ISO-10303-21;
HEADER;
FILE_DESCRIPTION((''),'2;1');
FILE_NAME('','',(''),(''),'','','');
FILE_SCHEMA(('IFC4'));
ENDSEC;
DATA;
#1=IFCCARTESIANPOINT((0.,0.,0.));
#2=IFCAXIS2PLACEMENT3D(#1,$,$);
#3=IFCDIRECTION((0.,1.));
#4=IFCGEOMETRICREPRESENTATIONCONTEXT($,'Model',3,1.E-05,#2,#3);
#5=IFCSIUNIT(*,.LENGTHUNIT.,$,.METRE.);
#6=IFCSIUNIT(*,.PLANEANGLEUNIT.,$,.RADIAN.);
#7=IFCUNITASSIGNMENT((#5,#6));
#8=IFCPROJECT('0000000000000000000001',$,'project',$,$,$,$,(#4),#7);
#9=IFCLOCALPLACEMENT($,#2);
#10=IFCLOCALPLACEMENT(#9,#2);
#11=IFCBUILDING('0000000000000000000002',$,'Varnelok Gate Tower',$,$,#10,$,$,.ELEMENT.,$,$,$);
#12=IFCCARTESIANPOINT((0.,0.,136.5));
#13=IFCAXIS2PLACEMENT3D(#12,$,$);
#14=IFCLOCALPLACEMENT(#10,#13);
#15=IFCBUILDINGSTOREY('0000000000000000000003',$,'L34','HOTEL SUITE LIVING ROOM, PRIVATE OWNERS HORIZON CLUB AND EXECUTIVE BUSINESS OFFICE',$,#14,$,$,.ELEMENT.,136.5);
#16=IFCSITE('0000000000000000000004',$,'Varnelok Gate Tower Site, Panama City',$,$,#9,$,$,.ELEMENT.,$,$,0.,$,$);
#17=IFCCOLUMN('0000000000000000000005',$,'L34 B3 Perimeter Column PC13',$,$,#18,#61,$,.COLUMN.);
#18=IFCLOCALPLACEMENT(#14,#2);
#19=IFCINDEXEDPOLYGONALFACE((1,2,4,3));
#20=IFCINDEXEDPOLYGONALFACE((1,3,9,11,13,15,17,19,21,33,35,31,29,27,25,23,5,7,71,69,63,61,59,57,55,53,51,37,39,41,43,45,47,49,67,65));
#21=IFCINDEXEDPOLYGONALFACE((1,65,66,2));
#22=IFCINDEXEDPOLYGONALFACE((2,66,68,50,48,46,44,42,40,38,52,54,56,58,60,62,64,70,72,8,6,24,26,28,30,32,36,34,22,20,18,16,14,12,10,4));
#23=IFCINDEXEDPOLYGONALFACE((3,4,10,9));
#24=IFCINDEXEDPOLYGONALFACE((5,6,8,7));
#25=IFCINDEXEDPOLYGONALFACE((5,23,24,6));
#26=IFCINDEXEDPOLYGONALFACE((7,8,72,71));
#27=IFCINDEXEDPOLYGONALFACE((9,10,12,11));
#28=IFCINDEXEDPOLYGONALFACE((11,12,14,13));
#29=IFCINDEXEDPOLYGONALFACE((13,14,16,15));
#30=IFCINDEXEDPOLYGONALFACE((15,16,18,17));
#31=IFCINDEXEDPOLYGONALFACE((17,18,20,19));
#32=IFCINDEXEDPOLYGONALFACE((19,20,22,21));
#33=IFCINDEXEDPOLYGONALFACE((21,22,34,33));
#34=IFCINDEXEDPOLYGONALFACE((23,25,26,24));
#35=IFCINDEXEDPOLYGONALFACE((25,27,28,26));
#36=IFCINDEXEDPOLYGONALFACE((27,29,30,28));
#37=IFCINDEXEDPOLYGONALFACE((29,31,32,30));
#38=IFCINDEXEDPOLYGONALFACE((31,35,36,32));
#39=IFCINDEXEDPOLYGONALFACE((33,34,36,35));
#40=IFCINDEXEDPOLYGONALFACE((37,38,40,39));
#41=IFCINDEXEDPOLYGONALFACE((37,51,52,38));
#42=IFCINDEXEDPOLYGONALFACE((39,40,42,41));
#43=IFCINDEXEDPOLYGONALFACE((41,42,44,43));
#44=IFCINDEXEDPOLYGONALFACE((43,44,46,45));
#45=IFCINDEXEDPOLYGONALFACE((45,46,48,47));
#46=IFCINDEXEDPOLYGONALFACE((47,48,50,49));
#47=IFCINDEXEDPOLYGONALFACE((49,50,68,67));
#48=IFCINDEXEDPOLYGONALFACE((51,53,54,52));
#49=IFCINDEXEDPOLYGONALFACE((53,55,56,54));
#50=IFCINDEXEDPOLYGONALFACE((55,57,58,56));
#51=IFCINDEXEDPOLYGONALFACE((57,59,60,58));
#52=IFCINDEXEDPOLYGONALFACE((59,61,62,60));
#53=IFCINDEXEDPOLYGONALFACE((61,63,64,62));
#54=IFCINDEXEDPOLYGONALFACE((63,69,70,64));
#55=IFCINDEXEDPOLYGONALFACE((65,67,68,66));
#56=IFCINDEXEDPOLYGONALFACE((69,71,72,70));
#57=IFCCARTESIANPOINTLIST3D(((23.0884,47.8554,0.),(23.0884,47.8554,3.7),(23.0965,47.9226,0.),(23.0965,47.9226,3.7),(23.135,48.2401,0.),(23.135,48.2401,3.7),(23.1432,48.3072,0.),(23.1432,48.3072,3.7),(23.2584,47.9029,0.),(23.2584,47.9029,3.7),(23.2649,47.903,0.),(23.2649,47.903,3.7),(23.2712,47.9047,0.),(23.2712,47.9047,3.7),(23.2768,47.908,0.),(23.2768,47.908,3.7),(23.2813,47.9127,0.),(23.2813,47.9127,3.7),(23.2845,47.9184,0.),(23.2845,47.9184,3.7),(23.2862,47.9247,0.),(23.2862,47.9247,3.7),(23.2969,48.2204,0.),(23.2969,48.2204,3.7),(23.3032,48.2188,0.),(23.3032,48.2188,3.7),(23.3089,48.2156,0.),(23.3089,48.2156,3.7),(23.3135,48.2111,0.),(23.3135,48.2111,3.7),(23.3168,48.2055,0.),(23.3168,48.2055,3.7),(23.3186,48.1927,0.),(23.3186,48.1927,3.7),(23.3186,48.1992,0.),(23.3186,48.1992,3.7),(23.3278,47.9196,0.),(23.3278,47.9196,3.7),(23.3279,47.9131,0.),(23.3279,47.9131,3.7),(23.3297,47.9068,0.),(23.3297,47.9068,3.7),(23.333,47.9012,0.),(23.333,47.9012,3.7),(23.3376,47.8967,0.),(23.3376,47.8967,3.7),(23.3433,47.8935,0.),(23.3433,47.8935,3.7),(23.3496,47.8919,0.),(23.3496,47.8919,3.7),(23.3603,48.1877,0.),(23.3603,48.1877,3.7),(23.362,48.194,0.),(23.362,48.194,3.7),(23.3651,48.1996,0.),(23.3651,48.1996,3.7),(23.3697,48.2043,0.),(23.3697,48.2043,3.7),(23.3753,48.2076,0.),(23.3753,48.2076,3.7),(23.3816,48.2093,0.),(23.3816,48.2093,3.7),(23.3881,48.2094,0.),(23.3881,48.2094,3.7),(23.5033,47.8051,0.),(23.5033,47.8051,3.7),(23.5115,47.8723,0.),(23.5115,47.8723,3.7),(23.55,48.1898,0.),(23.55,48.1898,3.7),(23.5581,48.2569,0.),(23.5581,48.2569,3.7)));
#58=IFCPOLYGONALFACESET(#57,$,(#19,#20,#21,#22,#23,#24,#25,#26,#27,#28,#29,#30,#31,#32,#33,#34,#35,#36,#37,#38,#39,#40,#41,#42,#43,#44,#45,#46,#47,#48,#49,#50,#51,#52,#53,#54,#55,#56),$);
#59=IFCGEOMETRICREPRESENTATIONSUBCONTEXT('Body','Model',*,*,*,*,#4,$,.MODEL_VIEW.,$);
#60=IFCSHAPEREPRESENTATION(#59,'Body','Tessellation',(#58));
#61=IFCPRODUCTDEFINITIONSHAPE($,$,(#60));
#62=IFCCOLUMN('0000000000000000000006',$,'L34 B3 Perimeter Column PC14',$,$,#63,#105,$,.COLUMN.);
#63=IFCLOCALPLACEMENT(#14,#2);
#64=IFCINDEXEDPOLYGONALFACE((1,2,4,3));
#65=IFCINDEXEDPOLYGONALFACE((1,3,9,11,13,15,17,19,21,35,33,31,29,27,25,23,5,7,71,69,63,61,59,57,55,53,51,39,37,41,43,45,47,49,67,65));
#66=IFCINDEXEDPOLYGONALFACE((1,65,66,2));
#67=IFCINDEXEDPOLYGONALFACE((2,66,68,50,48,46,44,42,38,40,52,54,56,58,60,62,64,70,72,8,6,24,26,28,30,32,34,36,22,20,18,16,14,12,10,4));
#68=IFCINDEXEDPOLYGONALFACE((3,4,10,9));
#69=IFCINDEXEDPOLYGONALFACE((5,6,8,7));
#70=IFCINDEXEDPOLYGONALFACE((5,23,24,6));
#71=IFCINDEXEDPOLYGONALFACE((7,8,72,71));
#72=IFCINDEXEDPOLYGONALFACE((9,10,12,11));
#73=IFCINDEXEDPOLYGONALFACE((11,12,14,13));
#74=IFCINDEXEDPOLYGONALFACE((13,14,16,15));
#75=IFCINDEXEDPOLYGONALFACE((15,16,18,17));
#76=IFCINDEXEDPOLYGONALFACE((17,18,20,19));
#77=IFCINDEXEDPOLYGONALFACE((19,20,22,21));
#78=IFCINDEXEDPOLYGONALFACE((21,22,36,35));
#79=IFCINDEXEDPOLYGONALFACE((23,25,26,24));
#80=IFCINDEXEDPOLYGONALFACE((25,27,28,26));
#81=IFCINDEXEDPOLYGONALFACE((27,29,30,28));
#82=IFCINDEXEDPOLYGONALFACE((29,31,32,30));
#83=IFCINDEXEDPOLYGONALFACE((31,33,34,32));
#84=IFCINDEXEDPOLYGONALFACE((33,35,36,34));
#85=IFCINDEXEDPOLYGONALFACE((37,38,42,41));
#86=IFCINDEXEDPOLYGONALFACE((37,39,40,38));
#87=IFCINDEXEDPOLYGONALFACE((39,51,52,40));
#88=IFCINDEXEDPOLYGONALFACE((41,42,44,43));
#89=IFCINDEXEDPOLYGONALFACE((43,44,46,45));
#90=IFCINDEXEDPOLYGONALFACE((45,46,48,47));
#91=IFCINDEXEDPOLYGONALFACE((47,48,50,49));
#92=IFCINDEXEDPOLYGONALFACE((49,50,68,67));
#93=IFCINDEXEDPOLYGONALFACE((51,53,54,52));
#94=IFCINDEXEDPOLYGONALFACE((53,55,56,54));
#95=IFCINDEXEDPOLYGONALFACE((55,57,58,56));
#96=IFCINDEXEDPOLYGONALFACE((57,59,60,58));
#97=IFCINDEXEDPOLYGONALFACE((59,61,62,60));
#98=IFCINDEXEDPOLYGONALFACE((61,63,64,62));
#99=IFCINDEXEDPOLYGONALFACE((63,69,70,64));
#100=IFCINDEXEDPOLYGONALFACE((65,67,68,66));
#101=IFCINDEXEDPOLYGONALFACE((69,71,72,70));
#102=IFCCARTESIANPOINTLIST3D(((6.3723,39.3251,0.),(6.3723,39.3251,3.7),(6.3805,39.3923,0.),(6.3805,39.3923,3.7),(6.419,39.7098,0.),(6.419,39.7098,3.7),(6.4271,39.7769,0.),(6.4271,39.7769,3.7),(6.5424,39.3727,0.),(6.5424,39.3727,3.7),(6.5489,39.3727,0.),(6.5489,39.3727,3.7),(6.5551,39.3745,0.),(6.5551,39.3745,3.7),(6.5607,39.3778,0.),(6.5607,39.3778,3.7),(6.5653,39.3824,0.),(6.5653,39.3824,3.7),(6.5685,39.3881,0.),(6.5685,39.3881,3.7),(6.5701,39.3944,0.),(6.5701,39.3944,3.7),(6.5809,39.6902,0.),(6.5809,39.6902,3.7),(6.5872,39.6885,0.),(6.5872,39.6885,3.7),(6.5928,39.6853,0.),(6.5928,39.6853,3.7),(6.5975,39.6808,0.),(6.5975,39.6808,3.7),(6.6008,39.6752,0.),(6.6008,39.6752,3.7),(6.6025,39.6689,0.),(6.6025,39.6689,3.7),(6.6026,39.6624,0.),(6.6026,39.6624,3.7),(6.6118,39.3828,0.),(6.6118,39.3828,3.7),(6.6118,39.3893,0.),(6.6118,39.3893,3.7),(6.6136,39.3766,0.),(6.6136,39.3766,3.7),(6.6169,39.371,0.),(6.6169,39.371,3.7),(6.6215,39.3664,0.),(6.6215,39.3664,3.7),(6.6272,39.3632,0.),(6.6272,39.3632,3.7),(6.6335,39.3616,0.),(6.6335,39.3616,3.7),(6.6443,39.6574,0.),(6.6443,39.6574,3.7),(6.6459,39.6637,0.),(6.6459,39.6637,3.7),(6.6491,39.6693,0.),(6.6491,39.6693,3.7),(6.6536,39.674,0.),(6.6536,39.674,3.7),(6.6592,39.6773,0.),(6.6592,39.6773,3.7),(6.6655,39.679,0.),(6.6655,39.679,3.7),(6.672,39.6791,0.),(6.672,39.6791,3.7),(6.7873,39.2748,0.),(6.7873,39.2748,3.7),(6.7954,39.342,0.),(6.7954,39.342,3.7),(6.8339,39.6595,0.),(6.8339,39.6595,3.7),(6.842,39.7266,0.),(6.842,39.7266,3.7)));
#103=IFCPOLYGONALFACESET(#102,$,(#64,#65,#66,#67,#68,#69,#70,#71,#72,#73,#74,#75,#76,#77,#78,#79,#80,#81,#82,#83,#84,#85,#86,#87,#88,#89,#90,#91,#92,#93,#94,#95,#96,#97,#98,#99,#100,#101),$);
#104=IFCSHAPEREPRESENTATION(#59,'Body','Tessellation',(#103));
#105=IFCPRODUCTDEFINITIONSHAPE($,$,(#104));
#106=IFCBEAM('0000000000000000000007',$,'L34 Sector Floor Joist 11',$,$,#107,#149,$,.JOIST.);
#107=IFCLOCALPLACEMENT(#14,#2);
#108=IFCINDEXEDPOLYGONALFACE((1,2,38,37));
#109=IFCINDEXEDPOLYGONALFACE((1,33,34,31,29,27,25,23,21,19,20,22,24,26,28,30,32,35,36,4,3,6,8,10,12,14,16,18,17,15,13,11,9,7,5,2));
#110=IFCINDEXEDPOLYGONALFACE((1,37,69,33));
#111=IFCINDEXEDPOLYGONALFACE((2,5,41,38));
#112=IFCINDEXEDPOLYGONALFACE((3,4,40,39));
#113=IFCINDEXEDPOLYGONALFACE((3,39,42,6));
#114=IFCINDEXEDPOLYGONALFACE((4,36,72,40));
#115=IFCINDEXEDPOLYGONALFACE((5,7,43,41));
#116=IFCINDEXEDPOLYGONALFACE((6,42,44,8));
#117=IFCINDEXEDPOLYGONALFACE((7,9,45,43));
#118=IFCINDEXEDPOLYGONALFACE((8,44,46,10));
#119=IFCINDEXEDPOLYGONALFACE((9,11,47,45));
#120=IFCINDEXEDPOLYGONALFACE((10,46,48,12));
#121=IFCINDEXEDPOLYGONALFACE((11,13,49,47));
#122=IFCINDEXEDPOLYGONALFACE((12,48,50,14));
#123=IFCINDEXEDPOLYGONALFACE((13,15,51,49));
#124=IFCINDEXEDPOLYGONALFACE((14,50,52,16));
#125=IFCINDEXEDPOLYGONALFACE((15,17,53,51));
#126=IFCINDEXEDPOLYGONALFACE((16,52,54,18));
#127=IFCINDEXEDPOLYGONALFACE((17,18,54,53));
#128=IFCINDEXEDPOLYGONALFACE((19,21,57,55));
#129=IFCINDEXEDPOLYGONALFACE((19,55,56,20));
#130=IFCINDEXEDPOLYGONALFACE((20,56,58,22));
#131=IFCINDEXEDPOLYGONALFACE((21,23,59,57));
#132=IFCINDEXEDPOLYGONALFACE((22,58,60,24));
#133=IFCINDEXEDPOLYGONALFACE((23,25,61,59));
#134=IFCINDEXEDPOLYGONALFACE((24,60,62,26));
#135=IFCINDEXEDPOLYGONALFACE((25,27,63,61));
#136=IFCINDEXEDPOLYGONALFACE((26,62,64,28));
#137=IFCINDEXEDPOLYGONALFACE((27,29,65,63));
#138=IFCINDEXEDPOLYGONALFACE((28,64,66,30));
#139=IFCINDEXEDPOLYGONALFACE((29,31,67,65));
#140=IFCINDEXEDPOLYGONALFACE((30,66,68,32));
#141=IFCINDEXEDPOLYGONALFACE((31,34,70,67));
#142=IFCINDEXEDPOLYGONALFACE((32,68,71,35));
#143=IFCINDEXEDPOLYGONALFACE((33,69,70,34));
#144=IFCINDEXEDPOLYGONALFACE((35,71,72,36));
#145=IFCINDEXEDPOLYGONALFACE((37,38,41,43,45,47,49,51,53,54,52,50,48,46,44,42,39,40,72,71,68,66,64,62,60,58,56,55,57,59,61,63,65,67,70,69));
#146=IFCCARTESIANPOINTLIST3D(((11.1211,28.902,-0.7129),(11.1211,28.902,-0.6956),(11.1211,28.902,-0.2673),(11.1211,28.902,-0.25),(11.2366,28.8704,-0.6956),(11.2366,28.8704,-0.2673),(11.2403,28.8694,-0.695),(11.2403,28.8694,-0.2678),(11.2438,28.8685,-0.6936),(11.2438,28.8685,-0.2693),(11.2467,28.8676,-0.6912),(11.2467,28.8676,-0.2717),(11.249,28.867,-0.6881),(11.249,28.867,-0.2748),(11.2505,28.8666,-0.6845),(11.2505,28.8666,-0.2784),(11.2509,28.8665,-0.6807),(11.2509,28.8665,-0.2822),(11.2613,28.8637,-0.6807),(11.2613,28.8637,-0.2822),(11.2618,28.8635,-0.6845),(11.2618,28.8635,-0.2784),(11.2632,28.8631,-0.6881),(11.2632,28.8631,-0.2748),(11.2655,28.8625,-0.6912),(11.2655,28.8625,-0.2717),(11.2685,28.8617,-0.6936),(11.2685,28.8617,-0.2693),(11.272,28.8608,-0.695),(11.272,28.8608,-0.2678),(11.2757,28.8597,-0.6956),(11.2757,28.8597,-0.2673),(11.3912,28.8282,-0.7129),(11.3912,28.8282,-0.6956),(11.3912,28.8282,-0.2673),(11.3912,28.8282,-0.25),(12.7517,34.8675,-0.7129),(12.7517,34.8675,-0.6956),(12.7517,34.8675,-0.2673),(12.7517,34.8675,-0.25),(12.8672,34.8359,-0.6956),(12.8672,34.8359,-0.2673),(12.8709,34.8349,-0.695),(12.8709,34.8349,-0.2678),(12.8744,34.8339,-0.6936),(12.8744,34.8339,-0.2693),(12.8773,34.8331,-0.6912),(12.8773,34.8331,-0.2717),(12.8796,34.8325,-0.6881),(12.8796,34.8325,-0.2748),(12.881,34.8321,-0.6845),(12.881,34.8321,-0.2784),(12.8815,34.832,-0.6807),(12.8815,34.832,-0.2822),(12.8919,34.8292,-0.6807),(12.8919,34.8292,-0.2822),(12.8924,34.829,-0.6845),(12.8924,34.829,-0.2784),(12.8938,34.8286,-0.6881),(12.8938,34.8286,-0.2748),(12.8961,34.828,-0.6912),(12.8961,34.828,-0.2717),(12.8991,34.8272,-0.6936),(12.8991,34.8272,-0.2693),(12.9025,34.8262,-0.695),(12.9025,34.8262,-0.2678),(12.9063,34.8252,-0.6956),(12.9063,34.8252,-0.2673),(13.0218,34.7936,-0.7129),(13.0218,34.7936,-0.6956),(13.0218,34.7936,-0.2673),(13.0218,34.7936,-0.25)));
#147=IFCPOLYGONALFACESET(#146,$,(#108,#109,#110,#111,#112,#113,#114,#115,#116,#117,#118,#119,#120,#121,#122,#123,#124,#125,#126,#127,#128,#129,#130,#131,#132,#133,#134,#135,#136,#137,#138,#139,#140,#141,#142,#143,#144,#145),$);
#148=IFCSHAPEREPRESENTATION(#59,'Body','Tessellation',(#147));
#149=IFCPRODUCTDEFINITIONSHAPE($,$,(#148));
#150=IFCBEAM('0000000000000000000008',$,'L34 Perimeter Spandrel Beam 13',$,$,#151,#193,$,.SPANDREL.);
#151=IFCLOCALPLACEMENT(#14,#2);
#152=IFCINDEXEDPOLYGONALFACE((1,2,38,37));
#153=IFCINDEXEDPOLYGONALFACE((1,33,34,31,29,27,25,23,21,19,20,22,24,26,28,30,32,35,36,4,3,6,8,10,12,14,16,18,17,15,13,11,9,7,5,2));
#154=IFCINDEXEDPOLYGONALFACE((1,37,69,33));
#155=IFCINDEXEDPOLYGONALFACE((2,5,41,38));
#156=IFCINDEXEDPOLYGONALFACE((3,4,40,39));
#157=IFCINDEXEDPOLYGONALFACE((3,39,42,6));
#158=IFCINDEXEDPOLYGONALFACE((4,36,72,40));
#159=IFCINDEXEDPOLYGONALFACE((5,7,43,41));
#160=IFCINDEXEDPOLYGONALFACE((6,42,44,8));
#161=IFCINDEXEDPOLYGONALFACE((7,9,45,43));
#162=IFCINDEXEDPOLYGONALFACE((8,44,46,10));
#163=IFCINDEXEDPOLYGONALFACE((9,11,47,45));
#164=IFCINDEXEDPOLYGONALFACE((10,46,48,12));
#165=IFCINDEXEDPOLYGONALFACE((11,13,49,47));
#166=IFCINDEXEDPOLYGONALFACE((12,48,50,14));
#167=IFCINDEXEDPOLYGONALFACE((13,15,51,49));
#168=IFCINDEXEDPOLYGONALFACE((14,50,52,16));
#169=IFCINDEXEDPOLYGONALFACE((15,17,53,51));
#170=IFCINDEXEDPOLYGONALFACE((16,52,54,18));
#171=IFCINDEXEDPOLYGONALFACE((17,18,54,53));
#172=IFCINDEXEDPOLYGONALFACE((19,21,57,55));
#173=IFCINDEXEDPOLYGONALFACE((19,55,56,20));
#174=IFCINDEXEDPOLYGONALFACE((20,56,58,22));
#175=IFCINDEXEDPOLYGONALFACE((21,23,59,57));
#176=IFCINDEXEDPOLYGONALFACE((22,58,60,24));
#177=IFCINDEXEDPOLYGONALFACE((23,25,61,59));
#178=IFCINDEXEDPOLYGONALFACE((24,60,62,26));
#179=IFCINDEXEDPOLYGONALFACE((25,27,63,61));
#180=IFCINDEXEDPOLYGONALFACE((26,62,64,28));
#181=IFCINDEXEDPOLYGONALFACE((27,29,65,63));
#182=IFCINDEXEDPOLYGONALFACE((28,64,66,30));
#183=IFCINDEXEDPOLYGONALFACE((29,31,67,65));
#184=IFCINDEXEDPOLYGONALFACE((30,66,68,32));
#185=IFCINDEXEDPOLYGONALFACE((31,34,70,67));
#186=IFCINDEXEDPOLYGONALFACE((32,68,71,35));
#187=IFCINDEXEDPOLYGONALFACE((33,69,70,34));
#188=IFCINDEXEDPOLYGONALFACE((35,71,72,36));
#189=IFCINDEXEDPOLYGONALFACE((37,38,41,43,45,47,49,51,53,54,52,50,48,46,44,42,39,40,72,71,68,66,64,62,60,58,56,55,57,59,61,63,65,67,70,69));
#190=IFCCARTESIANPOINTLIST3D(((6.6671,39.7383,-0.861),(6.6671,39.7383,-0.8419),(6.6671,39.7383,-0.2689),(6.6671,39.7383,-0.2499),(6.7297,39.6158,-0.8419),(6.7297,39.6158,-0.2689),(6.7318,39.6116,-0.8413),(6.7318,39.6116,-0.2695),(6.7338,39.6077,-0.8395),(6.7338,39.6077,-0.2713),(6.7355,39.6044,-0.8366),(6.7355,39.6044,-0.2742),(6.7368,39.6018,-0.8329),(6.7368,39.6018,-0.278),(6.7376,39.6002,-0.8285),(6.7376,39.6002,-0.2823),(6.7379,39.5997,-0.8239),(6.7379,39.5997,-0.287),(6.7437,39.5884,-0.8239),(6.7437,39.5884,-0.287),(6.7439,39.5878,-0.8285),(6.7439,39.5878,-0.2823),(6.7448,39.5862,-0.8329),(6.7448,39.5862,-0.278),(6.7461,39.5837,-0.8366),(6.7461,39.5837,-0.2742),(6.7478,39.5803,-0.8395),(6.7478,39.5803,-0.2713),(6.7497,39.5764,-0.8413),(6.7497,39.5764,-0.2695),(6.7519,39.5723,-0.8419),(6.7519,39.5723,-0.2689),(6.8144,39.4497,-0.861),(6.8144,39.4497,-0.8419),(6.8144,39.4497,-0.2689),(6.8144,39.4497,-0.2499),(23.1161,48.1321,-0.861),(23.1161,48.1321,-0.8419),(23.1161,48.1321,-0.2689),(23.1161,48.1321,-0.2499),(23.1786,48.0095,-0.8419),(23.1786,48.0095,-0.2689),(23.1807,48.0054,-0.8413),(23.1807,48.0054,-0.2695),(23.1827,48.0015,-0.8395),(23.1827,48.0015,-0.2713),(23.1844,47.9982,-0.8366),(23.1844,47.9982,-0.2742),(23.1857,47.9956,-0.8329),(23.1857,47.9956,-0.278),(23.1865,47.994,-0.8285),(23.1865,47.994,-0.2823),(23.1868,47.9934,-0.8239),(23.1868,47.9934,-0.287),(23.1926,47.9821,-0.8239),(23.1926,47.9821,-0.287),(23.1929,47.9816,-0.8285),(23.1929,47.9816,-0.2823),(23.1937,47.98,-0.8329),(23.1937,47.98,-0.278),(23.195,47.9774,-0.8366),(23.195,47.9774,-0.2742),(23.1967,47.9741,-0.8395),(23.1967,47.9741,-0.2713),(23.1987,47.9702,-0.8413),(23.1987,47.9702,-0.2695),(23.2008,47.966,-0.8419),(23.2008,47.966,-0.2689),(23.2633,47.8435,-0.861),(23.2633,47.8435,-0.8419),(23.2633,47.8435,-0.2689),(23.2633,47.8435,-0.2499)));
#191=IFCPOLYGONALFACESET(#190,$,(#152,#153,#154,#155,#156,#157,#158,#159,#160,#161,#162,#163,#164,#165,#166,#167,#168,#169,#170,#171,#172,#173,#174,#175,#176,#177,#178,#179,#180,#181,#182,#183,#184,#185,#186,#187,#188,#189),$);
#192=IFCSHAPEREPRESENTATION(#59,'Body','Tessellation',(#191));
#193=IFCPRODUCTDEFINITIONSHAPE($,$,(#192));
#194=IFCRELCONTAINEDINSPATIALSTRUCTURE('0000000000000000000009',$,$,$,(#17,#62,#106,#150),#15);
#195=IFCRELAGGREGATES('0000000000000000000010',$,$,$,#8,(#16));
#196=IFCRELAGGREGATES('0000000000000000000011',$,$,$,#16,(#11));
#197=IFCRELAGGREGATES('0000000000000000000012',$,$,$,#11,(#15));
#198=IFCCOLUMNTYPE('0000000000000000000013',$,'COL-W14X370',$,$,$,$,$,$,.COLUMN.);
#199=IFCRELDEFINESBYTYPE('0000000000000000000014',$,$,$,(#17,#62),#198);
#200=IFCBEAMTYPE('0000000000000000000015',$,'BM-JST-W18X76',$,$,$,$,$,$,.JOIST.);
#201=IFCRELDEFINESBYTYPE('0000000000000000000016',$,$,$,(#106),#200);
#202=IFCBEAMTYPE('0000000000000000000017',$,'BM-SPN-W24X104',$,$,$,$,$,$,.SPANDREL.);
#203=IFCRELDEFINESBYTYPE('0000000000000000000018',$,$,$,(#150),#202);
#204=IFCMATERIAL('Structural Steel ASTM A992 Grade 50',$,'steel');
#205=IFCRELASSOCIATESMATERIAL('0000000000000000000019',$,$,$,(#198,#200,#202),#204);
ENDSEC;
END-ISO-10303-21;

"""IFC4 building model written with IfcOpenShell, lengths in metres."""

from ifc_helpers import new_model, si_unit, direction, frame, origin, origin_2d, place, context, subcontext, project, spatial, i_section, extrude, material, material_profile, profile_set, type_object, element, save


model = new_model("IFC4")

# Units and contexts
model_context = context("Model", 3, precision=1e-05, world=origin(), true_north=direction((0.0, 1.0)))
body_context = subcontext(model_context, "Body", "Model", "MODEL_VIEW")
ifc_project = project(units=[si_unit("LENGTHUNIT", "METRE"), si_unit("PLANEANGLEUNIT", "RADIAN")], contexts=[model_context])

# Site, building, storey
site_placement = place(None, origin())
site = spatial("IfcSite", under=ifc_project, at=site_placement, Name="Varnelok Gate Tower Site, Panama City", CompositionType="ELEMENT", RefElevation=0.0)
building_placement = place(site_placement, origin())
building = spatial("IfcBuilding", under=site, at=building_placement, Name="Varnelok Gate Tower", CompositionType="ELEMENT")
storey_placement = place(building_placement, frame((0.0, 0.0, 136.5)))
storey = spatial("IfcBuildingStorey", under=building, at=storey_placement, Name="L34", Description="HOTEL SUITE LIVING ROOM, PRIVATE OWNERS HORIZON CLUB AND EXECUTIVE BUSINESS OFFICE", CompositionType="ELEMENT", Elevation=136.5)

# Columns
ifc_material_1 = material(Name="Structural Steel ASTM A992 Grade 50", Category="steel")
ifc_material_profile_1 = material_profile(ifc_material_1, i_section(OverallWidth=0.418, OverallDepth=0.4551, WebThickness=0.042, FlangeThickness=0.0676, FilletRadius=0.0249, at=origin_2d()), Name="W14X370")
ifc_profile_set_1 = profile_set([ifc_material_profile_1], Name="Structural Steel ASTM A992 Grade 50")
column_type = type_object("IfcColumnType", Name="COL-W14X370", PredefinedType="COLUMN", material=ifc_profile_set_1)
for number, where, z_axis, x_axis, name in (
    (1, (23.3232, 48.0562, 0.0), (0.0, 0.0, 1.0), (0.992732, -0.120345, 0.0), "L34 B3 Perimeter Column PC13"),
    (2, (6.6072, 39.5259, 0.0), (0.0, 0.0, 1.0), (0.992732, -0.120345, 0.0), "L34 B3 Perimeter Column PC14"),
):
    element("IfcColumn", number, at=place(storey_placement, frame(where, z_axis=z_axis, x_axis=x_axis)), inside=storey, type_object=column_type, Name=name, PredefinedType="COLUMN", context=body_context, shape_type="SweptSolid", body=[
        extrude(i_section(OverallWidth=0.418, OverallDepth=0.4551, WebThickness=0.042, FlangeThickness=0.0676, FilletRadius=0.0249, at=origin_2d()), origin(), (0.0, 0.0, 1.0), 3.7),
    ])

# Beams
ifc_material_profile_2 = material_profile(ifc_material_1, i_section(OverallWidth=0.28, OverallDepth=0.4629, WebThickness=0.0107, FlangeThickness=0.0173, FilletRadius=0.0149, at=origin_2d()), Name="W18X76")
ifc_profile_set_2 = profile_set([ifc_material_profile_2], Name="Structural Steel ASTM A992 Grade 50")
beam_type_1 = type_object("IfcBeamType", Name="BM-JST-W18X76", PredefinedType="JOIST", material=ifc_profile_set_2)
beam_1_placement = place(storey_placement, frame((12.8867, 34.8306, -0.4814), z_axis=(-0.263665, -0.964614, 0.0), x_axis=(0.964614, -0.263665, 0.0)))
element("IfcBeam", 3, at=beam_1_placement, inside=storey, type_object=beam_type_1, Name="L34 Sector Floor Joist 11", PredefinedType="JOIST", context=body_context, shape_type="SweptSolid", body=[
    extrude(i_section(OverallWidth=0.28, OverallDepth=0.4629, WebThickness=0.0107, FlangeThickness=0.0173, FilletRadius=0.0149, at=origin_2d()), origin(), (0.0, 0.0, 1.0), 6.1843),
])
ifc_material_profile_3 = material_profile(ifc_material_1, i_section(OverallWidth=0.324, OverallDepth=0.6111, WebThickness=0.0127, FlangeThickness=0.019, FilletRadius=0.0181, at=origin_2d()), Name="W24X104")
ifc_profile_set_3 = profile_set([ifc_material_profile_3], Name="Structural Steel ASTM A992 Grade 50")
beam_type_2 = type_object("IfcBeamType", Name="BM-SPN-W24X104", PredefinedType="SPANDREL", material=ifc_profile_set_3)
beam_2_placement = place(storey_placement, frame((23.1897, 47.9878, -0.5554), z_axis=(-0.89073, -0.454533, 0.0), x_axis=(0.454533, -0.89073, 0.0)))
element("IfcBeam", 4, at=beam_2_placement, inside=storey, type_object=beam_type_2, Name="L34 Perimeter Spandrel Beam 13", PredefinedType="SPANDREL", context=body_context, shape_type="SweptSolid", body=[
    extrude(i_section(OverallWidth=0.324, OverallDepth=0.6111, WebThickness=0.0127, FlangeThickness=0.019, FilletRadius=0.0181, at=origin_2d()), origin(), (0.0, 0.0, 1.0), 18.4668),
])

save(model, "model.ifc")
